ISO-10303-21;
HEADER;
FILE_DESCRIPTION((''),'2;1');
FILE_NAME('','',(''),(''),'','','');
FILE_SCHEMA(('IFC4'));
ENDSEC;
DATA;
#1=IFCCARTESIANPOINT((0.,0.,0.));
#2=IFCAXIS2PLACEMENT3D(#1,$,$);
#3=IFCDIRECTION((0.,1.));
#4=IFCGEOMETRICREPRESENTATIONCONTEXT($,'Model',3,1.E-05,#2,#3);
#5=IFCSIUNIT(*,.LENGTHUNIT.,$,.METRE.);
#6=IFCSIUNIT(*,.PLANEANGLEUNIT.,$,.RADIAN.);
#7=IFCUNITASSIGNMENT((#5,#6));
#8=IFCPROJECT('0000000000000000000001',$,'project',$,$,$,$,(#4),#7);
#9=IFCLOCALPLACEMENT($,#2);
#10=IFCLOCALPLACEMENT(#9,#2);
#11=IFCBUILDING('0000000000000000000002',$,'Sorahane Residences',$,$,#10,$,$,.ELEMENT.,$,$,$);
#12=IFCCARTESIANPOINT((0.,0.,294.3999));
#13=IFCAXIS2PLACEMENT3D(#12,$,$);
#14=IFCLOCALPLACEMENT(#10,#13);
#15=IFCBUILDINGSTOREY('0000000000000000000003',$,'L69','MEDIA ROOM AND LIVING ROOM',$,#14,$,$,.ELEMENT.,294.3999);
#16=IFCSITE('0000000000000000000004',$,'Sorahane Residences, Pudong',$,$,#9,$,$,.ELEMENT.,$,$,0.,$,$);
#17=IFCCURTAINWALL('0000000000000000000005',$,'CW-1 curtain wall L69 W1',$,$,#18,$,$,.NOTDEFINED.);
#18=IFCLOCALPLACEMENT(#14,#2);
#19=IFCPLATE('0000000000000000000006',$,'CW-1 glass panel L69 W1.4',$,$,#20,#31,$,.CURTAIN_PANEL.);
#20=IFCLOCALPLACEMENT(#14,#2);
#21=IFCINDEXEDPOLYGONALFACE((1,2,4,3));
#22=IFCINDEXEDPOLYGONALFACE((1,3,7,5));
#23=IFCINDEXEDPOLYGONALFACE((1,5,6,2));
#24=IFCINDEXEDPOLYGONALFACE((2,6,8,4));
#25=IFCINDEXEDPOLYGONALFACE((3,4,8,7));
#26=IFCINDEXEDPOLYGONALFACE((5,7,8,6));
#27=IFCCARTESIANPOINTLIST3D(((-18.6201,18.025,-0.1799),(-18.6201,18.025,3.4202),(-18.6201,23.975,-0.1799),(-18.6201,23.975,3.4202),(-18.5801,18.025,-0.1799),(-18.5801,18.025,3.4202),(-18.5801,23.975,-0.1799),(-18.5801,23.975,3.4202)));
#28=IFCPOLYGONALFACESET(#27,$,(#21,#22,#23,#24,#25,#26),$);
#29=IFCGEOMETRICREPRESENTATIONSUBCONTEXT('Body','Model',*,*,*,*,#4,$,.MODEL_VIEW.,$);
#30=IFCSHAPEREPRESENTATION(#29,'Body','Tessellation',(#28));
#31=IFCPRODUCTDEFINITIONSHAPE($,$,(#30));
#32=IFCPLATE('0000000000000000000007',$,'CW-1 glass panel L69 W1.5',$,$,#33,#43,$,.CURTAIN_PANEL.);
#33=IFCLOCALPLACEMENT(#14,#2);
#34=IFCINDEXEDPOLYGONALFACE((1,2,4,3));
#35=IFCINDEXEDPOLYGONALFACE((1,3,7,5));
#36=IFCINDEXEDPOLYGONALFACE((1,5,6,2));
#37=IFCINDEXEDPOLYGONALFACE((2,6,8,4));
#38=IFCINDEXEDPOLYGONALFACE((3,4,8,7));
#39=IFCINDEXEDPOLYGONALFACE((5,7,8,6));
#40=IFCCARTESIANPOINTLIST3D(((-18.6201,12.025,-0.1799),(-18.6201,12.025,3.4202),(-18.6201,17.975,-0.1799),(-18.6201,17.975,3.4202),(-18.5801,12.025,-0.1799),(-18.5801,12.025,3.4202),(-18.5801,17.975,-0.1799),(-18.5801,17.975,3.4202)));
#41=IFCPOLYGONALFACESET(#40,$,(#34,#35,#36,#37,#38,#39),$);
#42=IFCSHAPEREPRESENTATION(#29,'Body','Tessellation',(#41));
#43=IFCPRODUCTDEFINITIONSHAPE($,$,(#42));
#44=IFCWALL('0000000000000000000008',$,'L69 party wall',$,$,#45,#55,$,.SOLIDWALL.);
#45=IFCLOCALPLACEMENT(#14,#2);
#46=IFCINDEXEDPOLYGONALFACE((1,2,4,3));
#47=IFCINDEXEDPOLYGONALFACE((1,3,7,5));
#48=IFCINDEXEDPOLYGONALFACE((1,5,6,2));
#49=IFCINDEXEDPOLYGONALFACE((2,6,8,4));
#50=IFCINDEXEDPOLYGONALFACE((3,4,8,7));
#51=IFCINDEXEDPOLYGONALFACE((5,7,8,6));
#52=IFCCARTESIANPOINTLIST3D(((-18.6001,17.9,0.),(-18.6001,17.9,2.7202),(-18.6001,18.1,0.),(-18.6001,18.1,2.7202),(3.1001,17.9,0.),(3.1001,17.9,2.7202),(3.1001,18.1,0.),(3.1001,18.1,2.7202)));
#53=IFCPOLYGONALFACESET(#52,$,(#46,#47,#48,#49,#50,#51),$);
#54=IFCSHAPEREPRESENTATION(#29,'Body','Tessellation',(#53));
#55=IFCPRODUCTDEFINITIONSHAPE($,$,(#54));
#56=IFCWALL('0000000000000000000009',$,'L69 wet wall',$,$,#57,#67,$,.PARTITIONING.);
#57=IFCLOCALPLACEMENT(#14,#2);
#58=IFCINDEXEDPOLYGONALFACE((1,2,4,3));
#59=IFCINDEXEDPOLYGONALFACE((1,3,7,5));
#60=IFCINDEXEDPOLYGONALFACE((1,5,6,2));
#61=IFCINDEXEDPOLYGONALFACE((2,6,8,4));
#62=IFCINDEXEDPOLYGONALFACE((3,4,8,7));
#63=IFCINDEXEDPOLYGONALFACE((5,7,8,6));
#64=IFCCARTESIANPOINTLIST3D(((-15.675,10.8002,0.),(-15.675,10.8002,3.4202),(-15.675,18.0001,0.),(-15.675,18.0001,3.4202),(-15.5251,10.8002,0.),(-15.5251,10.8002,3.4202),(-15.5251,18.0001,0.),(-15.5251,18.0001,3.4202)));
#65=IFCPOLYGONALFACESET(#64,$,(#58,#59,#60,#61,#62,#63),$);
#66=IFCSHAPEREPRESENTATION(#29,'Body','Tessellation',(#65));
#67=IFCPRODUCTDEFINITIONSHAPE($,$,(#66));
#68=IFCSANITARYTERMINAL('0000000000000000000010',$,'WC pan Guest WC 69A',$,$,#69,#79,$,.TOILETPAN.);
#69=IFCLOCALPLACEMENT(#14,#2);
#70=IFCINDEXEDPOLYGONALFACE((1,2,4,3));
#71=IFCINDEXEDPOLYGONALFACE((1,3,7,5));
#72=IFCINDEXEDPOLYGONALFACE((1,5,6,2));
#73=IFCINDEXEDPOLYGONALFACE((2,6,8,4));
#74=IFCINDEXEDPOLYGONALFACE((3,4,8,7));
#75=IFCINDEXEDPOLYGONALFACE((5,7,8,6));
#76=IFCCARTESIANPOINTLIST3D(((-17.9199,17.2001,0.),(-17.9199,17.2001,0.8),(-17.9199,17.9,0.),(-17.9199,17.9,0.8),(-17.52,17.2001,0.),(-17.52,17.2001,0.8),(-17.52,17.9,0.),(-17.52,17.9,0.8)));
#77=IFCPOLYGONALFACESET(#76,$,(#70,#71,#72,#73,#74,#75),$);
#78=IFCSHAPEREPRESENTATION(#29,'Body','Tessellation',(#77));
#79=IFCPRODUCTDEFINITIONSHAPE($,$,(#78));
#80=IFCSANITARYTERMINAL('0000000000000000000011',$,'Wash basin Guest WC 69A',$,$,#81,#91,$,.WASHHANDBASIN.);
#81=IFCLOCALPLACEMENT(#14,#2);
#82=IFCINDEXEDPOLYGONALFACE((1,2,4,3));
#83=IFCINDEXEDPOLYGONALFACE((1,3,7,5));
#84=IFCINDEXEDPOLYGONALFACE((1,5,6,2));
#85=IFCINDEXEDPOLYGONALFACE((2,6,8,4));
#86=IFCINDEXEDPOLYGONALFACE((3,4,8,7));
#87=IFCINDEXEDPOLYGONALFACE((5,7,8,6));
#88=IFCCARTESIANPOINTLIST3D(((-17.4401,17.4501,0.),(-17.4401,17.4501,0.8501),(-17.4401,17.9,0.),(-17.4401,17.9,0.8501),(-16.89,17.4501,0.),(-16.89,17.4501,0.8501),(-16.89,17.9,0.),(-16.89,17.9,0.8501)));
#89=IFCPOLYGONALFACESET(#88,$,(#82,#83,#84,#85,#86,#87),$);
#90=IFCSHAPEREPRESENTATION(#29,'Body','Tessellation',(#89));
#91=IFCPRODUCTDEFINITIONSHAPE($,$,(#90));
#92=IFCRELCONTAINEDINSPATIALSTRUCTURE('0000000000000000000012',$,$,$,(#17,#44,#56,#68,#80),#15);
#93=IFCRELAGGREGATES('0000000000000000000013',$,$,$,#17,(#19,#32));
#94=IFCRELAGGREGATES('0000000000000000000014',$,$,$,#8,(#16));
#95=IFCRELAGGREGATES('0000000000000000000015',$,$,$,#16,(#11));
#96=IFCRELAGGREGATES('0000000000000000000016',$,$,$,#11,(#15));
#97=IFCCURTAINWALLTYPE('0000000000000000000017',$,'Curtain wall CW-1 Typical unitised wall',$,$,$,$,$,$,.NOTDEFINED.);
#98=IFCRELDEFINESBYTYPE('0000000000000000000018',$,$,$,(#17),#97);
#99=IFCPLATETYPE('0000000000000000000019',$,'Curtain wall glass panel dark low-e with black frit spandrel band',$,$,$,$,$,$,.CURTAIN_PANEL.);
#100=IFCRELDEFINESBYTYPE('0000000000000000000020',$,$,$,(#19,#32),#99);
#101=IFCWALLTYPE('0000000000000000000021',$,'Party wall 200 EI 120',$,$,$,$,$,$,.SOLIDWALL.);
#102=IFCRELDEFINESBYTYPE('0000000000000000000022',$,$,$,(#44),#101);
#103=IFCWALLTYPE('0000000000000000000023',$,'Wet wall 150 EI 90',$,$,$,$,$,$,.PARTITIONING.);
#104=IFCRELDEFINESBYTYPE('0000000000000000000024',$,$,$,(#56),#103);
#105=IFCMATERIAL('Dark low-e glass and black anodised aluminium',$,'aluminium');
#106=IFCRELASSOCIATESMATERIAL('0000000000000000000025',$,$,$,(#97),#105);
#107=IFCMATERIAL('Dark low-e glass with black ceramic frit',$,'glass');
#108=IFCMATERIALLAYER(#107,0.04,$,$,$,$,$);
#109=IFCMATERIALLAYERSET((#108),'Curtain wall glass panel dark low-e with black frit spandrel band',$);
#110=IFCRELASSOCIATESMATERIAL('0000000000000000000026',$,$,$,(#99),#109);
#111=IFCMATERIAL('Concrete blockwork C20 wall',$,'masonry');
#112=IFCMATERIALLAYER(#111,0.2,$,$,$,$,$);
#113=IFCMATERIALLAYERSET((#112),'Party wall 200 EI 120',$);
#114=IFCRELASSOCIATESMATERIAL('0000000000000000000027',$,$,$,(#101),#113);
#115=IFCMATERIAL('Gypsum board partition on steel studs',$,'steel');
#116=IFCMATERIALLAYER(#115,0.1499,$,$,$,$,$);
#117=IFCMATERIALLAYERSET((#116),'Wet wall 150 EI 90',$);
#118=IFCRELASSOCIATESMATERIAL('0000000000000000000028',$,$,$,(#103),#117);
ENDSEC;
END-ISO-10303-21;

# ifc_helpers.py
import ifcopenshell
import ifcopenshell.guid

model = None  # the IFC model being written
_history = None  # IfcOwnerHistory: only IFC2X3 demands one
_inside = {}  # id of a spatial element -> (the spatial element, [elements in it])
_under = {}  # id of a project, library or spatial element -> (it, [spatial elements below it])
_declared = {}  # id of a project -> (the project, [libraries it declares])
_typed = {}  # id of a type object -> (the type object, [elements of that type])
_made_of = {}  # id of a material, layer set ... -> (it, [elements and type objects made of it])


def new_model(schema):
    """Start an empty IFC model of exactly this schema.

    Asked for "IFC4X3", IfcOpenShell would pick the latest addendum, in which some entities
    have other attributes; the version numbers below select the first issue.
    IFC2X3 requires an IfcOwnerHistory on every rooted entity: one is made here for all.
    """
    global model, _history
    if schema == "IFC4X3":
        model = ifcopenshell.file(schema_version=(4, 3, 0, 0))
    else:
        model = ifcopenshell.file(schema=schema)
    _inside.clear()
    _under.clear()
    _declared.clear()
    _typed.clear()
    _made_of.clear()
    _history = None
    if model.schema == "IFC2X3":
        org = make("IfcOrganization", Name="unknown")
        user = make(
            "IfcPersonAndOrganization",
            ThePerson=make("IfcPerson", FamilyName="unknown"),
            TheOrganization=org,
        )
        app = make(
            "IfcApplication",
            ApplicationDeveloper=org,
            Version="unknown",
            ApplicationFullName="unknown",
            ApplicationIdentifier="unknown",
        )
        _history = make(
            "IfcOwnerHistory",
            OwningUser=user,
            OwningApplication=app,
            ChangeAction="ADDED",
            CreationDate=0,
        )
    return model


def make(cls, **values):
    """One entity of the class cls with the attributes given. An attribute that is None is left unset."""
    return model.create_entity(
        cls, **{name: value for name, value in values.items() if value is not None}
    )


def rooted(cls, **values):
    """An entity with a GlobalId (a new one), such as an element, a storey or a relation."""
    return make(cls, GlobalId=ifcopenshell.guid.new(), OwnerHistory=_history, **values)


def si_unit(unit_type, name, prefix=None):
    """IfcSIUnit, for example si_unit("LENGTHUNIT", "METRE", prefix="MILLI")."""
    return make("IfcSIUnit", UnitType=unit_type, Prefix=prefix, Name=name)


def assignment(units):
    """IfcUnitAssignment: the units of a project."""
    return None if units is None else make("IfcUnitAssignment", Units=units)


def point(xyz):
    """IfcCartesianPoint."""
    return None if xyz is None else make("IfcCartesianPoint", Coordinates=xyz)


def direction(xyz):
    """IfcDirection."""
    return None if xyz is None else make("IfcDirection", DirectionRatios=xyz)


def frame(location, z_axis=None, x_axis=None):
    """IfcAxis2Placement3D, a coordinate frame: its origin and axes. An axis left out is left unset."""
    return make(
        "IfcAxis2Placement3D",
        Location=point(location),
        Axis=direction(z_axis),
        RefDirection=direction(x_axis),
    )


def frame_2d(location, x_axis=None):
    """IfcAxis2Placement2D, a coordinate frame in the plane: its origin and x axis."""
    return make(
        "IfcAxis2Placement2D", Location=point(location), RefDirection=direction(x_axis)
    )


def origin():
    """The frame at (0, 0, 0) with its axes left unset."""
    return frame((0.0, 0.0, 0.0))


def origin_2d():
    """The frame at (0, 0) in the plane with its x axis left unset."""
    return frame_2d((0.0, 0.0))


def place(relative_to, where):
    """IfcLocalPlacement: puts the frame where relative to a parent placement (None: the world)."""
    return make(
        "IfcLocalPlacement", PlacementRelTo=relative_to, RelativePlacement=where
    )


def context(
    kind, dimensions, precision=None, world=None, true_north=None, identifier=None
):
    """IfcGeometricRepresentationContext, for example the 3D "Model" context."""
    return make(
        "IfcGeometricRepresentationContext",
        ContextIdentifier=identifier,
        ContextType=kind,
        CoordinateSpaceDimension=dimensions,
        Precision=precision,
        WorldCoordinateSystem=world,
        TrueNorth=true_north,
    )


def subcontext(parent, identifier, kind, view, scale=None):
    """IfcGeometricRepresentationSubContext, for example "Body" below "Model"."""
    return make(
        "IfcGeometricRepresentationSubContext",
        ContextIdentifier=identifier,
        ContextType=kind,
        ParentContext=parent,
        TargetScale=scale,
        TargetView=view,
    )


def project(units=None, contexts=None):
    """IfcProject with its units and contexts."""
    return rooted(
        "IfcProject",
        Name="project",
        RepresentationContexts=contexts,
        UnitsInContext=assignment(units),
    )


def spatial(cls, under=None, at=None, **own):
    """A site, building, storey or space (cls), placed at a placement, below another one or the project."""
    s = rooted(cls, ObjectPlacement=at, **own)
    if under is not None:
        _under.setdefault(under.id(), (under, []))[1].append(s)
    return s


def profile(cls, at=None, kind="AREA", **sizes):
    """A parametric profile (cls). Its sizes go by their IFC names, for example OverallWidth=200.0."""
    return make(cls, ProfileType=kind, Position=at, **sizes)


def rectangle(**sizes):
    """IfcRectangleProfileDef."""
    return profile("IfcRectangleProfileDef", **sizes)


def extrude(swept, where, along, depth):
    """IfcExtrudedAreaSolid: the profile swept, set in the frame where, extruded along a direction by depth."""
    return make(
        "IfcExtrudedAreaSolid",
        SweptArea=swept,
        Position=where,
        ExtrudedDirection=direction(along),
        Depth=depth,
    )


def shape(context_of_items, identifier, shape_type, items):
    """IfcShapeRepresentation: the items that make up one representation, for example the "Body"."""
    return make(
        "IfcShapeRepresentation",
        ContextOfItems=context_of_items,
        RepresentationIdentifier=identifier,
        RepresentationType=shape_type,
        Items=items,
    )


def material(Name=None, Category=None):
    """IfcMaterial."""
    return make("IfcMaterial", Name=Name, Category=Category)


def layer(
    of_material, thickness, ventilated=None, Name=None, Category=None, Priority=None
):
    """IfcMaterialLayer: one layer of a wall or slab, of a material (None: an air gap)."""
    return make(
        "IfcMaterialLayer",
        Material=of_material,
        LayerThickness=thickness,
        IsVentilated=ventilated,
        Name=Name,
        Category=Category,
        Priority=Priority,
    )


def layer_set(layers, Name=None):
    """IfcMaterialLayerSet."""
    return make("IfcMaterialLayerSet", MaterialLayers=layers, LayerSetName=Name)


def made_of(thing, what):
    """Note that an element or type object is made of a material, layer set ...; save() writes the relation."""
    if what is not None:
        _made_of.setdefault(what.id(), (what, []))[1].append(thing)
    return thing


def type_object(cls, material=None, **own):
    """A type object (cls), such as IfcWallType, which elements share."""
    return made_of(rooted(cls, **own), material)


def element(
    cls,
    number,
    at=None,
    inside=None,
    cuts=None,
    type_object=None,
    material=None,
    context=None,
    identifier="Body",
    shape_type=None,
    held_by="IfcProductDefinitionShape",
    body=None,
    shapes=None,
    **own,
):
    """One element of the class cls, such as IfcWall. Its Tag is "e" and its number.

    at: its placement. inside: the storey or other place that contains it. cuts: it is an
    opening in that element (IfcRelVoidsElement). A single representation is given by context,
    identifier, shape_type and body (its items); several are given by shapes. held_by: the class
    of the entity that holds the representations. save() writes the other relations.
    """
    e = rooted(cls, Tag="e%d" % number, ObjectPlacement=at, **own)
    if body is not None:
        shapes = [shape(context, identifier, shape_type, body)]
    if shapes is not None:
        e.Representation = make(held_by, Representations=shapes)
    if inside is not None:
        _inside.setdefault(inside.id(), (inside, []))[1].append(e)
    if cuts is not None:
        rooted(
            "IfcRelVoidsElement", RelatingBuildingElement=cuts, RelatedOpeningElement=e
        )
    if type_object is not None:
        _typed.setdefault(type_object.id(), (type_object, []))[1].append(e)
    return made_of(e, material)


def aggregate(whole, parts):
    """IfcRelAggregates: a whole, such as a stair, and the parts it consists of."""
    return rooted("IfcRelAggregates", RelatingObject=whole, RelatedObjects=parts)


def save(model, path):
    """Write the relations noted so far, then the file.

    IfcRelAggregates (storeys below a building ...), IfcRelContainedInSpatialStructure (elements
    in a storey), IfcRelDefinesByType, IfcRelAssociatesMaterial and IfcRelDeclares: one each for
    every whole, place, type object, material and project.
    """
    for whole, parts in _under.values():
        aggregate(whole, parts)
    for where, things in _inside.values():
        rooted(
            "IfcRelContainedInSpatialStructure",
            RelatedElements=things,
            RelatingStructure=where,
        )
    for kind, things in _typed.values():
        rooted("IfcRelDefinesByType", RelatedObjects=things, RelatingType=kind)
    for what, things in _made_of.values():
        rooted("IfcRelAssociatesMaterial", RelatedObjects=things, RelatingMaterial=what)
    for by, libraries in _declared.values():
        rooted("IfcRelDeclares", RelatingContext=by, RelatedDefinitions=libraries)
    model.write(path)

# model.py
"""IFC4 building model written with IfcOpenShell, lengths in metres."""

from ifc_helpers import new_model, si_unit, direction, frame, frame_2d, origin, origin_2d, place, context, subcontext, project, spatial, rectangle, extrude, material, layer, layer_set, type_object, element, aggregate, save


model = new_model("IFC4")

# Units and contexts
model_context = context("Model", 3, precision=1e-05, world=origin(), true_north=direction((0.0, 1.0)))
body_context = subcontext(model_context, "Body", "Model", "MODEL_VIEW")
ifc_project = project(units=[si_unit("LENGTHUNIT", "METRE"), si_unit("PLANEANGLEUNIT", "RADIAN")], contexts=[model_context])

# Site, building, storey
site_placement = place(None, origin())
site = spatial("IfcSite", under=ifc_project, at=site_placement, Name="Sorahane Residences, Pudong", CompositionType="ELEMENT", RefElevation=0.0)
building_placement = place(site_placement, origin())
building = spatial("IfcBuilding", under=site, at=building_placement, Name="Sorahane Residences", CompositionType="ELEMENT")
storey_placement = place(building_placement, frame((0.0, 0.0, 294.3999)))
storey = spatial("IfcBuildingStorey", under=building, at=storey_placement, Name="L69", Description="MEDIA ROOM AND LIVING ROOM", CompositionType="ELEMENT", Elevation=294.3999)

# Curtain wall
ifc_material_1 = material(Name="Dark low-e glass and black anodised aluminium", Category="aluminium")
curtain_wall_type = type_object("IfcCurtainWallType", Name="Curtain wall CW-1 Typical unitised wall", PredefinedType="NOTDEFINED", material=ifc_material_1)
curtain_wall_placement = place(storey_placement, origin())
curtain_wall = element("IfcCurtainWall", 1, at=curtain_wall_placement, inside=storey, type_object=curtain_wall_type, Name="CW-1 curtain wall L69 W1", PredefinedType="NOTDEFINED")

# Plates
ifc_material_2 = material(Name="Dark low-e glass with black ceramic frit", Category="glass")
ifc_layer_1 = layer(ifc_material_2, 0.04)
ifc_layer_set_1 = layer_set([ifc_layer_1], Name="Curtain wall glass panel dark low-e with black frit spandrel band")
plate_type = type_object("IfcPlateType", Name="Curtain wall glass panel dark low-e with black frit spandrel band", PredefinedType="CURTAIN_PANEL", material=ifc_layer_set_1)
plate_1_placement = place(storey_placement, frame((-18.6001, 21.0, -0.1799), z_axis=(0.0, 0.0, 1.0), x_axis=(0.0, -1.0, 0.0)))
plate_1 = element("IfcPlate", 2, at=plate_1_placement, type_object=plate_type, Name="CW-1 glass panel L69 W1.4", PredefinedType="CURTAIN_PANEL", context=body_context, shape_type="SweptSolid", body=[
    extrude(rectangle(XDim=5.95, YDim=0.04, at=origin_2d()), origin(), (0.0, 0.0, 1.0), 3.6001),
])
plate_2_placement = place(storey_placement, frame((-18.6001, 15.0, -0.1799), z_axis=(0.0, 0.0, 1.0), x_axis=(0.0, -1.0, 0.0)))
plate_2 = element("IfcPlate", 3, at=plate_2_placement, type_object=plate_type, Name="CW-1 glass panel L69 W1.5", PredefinedType="CURTAIN_PANEL", context=body_context, shape_type="SweptSolid", body=[
    extrude(rectangle(XDim=5.95, YDim=0.04, at=origin_2d()), origin(), (0.0, 0.0, 1.0), 3.6001),
])
aggregate(curtain_wall, [plate_1, plate_2])

# Walls
ifc_material_3 = material(Name="Concrete blockwork C20 wall", Category="masonry")
ifc_layer_2 = layer(ifc_material_3, 0.2)
ifc_layer_set_2 = layer_set([ifc_layer_2], Name="Party wall 200 EI 120")
wall_type_1 = type_object("IfcWallType", Name="Party wall 200 EI 120", PredefinedType="SOLIDWALL", material=ifc_layer_set_2)
wall_1_placement = place(storey_placement, frame((-18.6001, 18.0, 0.0), z_axis=(0.0, 0.0, 1.0), x_axis=(1.0, 0.0, 0.0)))
element("IfcWall", 4, at=wall_1_placement, inside=storey, type_object=wall_type_1, Name="L69 party wall", PredefinedType="SOLIDWALL", context=body_context, shape_type="SweptSolid", body=[
    extrude(rectangle(XDim=21.7002, YDim=0.2, at=frame_2d((10.8501, 0.0))), origin(), (0.0, 0.0, 1.0), 2.7202),
])
ifc_material_4 = material(Name="Gypsum board partition on steel studs", Category="steel")
ifc_layer_3 = layer(ifc_material_4, 0.1499)
ifc_layer_set_3 = layer_set([ifc_layer_3], Name="Wet wall 150 EI 90")
wall_type_2 = type_object("IfcWallType", Name="Wet wall 150 EI 90", PredefinedType="PARTITIONING", material=ifc_layer_set_3)
wall_2_placement = place(storey_placement, frame((-15.6001, 10.8, 0.0), z_axis=(0.0, 0.0, 1.0), x_axis=(0.0, 1.0, 0.0)))
element("IfcWall", 5, at=wall_2_placement, inside=storey, type_object=wall_type_2, Name="L69 wet wall", PredefinedType="PARTITIONING", context=body_context, shape_type="SweptSolid", body=[
    extrude(rectangle(XDim=7.2, YDim=0.1499, at=frame_2d((3.6001, 0.0))), origin(), (0.0, 0.0, 1.0), 3.4202),
])

# Sanitary terminals
sanitary_terminal_1_placement = place(storey_placement, frame((-17.72, 17.55, 0.0), z_axis=(0.0, 0.0, 1.0), x_axis=(1.0, 0.0, 0.0)))
element("IfcSanitaryTerminal", 6, at=sanitary_terminal_1_placement, inside=storey, Name="WC pan Guest WC 69A", PredefinedType="TOILETPAN", context=body_context, shape_type="SweptSolid", body=[
    extrude(rectangle(XDim=0.3999, YDim=0.7, at=origin_2d()), origin(), (0.0, 0.0, 1.0), 0.8),
])
sanitary_terminal_2_placement = place(storey_placement, frame((-17.165, 17.675, 0.0), z_axis=(0.0, 0.0, 1.0), x_axis=(1.0, 0.0, 0.0)))
element("IfcSanitaryTerminal", 7, at=sanitary_terminal_2_placement, inside=storey, Name="Wash basin Guest WC 69A", PredefinedType="WASHHANDBASIN", context=body_context, shape_type="SweptSolid", body=[
    extrude(rectangle(XDim=0.55, YDim=0.45, at=origin_2d()), origin(), (0.0, 0.0, 1.0), 0.8501),
])

save(model, "model.ifc")
